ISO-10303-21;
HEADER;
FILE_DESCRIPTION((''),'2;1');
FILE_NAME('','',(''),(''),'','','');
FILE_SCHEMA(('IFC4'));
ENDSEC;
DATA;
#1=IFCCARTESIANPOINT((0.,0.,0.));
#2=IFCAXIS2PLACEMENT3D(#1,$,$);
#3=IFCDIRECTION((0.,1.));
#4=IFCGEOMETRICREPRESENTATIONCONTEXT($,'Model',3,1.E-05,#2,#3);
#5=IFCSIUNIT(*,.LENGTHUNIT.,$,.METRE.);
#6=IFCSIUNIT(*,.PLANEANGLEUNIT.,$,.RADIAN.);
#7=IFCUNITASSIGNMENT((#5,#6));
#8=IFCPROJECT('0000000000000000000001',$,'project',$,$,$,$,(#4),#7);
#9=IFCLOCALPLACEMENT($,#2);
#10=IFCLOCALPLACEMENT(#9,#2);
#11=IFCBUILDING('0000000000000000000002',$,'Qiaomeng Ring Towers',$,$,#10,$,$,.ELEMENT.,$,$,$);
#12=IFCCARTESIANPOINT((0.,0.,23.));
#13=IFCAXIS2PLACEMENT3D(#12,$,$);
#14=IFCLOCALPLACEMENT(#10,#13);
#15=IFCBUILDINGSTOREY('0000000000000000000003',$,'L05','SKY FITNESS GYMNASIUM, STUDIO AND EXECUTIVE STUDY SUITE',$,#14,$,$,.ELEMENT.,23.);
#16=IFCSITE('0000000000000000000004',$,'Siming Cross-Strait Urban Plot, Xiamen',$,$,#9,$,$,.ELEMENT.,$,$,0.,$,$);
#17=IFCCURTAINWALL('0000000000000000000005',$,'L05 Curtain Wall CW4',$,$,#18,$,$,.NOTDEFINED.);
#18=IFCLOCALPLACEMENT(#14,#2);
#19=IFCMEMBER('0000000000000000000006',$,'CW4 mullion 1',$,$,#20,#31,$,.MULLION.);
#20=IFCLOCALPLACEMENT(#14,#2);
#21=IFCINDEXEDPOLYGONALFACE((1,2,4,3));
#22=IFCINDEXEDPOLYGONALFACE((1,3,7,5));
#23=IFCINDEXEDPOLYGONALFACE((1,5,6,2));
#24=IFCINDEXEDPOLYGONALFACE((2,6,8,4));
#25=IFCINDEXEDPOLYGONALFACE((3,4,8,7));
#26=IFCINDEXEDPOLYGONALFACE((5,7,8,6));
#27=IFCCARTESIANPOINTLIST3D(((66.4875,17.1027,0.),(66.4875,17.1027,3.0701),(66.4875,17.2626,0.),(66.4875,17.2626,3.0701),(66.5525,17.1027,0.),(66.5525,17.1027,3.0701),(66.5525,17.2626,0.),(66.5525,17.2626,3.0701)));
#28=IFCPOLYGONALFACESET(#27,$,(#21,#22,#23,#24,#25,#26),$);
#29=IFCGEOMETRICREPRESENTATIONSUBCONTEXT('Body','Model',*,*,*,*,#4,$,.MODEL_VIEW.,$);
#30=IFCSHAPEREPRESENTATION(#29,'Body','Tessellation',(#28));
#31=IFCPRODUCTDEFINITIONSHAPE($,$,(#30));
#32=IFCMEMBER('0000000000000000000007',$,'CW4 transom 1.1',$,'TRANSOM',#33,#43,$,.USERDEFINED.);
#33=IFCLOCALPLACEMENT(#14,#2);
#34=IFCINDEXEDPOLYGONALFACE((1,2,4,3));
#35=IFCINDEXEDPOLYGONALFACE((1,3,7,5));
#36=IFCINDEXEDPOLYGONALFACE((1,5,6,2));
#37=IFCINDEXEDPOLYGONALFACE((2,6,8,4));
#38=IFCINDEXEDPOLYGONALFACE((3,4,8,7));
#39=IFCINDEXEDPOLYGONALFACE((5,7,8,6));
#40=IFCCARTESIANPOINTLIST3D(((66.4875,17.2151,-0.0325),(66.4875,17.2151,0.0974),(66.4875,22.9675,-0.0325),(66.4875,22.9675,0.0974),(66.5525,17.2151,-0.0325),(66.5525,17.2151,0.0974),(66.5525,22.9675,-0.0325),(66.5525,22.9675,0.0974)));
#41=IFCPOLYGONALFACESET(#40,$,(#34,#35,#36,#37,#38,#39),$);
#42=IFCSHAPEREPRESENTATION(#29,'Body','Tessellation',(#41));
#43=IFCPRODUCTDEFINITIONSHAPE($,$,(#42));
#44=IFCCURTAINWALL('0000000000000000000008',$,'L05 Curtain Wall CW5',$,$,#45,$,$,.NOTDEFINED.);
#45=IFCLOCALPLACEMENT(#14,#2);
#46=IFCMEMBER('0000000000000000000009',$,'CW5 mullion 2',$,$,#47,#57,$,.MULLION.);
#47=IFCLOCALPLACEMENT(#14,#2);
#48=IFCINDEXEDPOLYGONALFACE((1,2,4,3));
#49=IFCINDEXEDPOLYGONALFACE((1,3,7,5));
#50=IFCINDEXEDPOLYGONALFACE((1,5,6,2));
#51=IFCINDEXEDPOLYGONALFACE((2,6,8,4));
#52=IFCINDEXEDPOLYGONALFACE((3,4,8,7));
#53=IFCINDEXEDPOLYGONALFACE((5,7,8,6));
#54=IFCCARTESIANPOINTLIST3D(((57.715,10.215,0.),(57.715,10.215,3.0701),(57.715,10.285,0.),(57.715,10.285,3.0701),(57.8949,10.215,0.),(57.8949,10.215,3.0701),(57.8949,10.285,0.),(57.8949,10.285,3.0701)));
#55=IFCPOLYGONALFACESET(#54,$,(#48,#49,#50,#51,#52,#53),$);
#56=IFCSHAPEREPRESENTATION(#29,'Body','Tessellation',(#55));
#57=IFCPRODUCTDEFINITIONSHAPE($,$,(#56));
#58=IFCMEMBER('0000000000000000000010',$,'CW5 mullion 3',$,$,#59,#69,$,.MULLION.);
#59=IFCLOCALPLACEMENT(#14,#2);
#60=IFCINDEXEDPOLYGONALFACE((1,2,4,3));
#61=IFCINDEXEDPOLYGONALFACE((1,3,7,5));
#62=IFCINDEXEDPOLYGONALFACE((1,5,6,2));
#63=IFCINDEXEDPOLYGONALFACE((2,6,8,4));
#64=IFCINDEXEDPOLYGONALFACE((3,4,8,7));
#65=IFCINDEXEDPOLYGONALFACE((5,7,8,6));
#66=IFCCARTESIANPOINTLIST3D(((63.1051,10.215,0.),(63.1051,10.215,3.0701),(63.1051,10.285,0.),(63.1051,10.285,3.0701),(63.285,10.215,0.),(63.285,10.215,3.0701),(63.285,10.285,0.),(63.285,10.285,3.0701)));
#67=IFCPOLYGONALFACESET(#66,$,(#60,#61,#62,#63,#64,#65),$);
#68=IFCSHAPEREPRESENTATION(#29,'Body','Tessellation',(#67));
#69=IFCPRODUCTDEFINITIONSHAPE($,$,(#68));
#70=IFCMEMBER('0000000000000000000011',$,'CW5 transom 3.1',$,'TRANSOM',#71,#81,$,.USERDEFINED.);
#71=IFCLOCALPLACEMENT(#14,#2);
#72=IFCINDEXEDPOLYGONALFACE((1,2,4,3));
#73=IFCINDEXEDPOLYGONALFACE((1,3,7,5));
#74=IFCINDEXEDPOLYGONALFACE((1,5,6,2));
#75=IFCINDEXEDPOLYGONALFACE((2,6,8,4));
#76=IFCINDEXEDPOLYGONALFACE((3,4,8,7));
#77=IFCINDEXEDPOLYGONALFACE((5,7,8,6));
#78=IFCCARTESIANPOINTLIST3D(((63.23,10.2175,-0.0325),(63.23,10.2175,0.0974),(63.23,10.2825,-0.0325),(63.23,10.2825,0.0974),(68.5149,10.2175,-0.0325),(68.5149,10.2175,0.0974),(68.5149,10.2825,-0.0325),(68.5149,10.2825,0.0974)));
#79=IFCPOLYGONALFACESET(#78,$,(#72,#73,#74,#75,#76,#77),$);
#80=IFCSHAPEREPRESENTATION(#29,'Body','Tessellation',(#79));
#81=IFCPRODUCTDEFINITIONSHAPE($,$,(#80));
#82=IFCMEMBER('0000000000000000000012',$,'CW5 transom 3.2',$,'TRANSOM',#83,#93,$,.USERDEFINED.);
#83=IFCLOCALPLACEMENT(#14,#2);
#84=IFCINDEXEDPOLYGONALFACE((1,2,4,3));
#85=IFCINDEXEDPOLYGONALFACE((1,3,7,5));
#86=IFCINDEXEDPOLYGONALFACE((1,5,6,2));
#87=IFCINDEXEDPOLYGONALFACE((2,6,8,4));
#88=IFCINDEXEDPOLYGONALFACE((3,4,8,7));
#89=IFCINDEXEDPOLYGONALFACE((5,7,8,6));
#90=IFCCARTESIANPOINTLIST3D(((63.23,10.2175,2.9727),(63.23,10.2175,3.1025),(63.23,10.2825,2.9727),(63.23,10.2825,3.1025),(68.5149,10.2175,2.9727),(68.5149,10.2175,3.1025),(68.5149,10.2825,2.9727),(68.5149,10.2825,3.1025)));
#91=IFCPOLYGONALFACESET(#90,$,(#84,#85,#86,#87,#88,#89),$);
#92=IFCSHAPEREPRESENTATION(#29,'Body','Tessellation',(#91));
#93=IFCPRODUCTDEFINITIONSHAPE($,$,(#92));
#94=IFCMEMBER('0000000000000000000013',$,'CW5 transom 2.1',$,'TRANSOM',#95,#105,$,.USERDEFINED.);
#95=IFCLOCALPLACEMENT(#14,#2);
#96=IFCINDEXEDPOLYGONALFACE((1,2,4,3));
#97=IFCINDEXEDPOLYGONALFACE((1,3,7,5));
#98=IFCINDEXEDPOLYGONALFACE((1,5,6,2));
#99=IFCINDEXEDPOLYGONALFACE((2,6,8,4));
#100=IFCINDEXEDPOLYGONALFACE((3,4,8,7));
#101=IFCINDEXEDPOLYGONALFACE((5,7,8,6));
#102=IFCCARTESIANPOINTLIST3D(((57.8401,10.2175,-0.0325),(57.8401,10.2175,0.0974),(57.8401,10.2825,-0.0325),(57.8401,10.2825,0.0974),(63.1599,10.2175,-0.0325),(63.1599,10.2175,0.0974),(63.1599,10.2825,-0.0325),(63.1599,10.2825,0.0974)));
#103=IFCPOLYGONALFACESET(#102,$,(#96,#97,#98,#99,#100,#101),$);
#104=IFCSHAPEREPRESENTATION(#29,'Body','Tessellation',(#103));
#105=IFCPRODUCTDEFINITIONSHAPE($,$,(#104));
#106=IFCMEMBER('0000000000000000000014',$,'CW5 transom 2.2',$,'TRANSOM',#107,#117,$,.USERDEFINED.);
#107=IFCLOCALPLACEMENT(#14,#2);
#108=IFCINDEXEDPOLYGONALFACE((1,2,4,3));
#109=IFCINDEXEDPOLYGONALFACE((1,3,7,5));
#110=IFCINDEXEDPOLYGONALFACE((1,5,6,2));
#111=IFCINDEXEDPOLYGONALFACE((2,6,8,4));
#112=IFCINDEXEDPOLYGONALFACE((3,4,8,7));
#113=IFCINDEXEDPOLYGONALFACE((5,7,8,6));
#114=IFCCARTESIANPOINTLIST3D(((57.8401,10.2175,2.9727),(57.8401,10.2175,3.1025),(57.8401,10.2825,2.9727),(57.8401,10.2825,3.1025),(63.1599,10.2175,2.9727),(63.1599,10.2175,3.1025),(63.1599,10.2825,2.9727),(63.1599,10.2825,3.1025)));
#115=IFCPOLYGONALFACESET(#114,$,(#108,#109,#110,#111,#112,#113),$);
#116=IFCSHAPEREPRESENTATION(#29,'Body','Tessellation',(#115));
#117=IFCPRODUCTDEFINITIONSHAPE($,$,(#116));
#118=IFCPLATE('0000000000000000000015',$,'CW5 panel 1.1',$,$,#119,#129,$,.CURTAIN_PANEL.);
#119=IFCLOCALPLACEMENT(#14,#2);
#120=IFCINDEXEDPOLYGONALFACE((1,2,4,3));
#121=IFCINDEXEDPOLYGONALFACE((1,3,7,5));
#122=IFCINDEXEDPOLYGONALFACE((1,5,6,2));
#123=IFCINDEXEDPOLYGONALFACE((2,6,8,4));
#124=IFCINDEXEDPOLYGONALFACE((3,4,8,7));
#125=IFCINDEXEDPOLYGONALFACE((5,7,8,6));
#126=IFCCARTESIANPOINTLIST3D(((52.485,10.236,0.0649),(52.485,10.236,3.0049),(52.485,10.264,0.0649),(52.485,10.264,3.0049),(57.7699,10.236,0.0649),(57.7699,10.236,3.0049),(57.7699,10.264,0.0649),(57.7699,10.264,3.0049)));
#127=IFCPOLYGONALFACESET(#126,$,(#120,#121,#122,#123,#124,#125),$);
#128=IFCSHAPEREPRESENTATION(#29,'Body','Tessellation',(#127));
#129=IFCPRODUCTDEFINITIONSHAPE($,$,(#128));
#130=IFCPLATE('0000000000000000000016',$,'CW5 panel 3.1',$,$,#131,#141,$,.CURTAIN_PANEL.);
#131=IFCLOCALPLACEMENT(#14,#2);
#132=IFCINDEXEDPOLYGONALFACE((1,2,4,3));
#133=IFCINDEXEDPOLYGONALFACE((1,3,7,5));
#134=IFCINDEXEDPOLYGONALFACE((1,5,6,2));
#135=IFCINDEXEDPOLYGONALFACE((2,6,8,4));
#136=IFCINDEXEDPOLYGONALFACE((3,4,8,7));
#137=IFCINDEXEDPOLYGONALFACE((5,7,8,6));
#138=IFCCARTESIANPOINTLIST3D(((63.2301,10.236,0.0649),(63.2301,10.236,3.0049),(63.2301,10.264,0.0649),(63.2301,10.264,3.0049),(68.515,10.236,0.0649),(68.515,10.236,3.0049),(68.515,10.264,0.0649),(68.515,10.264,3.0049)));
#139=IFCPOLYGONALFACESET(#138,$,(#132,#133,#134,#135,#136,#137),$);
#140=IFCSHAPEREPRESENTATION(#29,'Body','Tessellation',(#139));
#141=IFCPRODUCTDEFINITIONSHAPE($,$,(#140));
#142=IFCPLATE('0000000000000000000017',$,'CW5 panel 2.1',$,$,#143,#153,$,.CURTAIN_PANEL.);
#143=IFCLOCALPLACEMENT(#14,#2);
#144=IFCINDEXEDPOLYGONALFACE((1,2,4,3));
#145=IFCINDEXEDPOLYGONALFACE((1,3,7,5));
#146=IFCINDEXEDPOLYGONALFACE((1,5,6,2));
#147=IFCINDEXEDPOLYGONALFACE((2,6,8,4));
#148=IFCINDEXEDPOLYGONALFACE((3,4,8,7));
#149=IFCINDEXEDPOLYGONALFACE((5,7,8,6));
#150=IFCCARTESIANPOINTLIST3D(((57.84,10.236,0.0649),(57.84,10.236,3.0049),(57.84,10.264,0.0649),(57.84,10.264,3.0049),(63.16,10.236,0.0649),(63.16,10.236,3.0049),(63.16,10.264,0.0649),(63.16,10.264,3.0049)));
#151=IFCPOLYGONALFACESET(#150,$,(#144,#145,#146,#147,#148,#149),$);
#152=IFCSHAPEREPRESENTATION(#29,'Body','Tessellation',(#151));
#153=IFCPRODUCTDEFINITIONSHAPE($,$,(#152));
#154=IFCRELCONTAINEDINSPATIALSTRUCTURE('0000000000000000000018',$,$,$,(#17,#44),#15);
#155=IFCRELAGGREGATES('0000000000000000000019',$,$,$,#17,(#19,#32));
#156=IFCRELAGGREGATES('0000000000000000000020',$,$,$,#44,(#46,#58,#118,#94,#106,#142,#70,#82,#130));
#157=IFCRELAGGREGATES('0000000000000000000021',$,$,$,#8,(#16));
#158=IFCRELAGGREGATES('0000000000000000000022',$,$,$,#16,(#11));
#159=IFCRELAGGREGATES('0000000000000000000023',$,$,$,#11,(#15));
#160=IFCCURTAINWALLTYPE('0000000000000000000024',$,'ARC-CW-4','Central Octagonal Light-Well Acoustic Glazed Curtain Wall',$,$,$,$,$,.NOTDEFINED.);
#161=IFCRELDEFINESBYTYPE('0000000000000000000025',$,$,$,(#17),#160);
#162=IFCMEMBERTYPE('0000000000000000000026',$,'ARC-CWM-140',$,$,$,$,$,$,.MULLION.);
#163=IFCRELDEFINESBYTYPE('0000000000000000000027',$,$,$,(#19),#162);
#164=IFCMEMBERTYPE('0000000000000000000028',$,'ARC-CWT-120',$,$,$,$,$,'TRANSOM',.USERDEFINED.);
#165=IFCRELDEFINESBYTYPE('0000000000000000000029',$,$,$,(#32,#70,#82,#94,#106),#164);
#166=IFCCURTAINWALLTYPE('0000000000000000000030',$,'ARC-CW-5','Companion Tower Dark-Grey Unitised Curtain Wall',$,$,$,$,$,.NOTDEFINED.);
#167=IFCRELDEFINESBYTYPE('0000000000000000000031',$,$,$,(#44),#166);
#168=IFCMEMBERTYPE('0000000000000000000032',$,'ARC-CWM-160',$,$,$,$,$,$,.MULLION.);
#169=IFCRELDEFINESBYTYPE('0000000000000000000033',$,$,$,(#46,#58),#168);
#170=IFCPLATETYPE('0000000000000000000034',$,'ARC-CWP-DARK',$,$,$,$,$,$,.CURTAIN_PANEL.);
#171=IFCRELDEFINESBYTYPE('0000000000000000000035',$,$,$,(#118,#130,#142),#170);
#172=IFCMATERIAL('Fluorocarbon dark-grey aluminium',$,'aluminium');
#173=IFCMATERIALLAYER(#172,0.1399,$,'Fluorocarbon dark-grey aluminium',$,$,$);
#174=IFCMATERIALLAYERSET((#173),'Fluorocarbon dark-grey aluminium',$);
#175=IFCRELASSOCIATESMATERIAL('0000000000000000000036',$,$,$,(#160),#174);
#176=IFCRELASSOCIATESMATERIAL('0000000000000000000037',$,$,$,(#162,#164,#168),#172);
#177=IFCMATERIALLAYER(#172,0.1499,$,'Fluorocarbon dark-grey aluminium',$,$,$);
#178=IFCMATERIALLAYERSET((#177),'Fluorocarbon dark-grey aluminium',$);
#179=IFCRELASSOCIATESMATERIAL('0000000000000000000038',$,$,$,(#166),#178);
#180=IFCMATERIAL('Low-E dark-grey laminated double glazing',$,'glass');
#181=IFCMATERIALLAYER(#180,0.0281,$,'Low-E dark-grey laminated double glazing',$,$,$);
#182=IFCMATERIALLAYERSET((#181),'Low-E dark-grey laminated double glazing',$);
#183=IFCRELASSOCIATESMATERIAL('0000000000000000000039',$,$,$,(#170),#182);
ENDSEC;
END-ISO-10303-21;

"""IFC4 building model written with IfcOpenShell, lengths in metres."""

from ifc_helpers import new_model, si_unit, direction, frame, origin, origin_2d, place, context, subcontext, project, spatial, rectangle, extrude, source, transform, mapped, material, layer, layer_set, material_profile, profile_set, type_object, element, aggregate, save


model = new_model("IFC4")

# Units and contexts
model_context = context("Model", 3, precision=1e-05, world=origin(), true_north=direction((0.0, 1.0)))
body_context = subcontext(model_context, "Body", "Model", "MODEL_VIEW")
ifc_project = project(units=[si_unit("LENGTHUNIT", "METRE"), si_unit("PLANEANGLEUNIT", "RADIAN")], contexts=[model_context])

# Site, building, storey
site_placement = place(None, origin())
site = spatial("IfcSite", under=ifc_project, at=site_placement, Name="Siming Cross-Strait Urban Plot, Xiamen", CompositionType="ELEMENT", RefElevation=0.0)
building_placement = place(site_placement, origin())
building = spatial("IfcBuilding", under=site, at=building_placement, Name="Qiaomeng Ring Towers", CompositionType="ELEMENT")
storey_placement = place(building_placement, frame((0.0, 0.0, 23.0)))
storey = spatial("IfcBuildingStorey", under=building, at=storey_placement, Name="L05", Description="SKY FITNESS GYMNASIUM, STUDIO AND EXECUTIVE STUDY SUITE", CompositionType="ELEMENT", Elevation=23.0)

# Curtain wall, members
ifc_material_1 = material(Name="Fluorocarbon dark-grey aluminium", Category="aluminium")
ifc_layer_1 = layer(ifc_material_1, 0.1399, Name="Fluorocarbon dark-grey aluminium")
ifc_layer_set_1 = layer_set([ifc_layer_1], Name="Fluorocarbon dark-grey aluminium")
curtain_wall_type_1 = type_object("IfcCurtainWallType", Name="ARC-CW-4", Description="Central Octagonal Light-Well Acoustic Glazed Curtain Wall", PredefinedType="NOTDEFINED", material=ifc_layer_set_1)
curtain_wall_1_placement = place(storey_placement, origin())
curtain_wall_1 = element("IfcCurtainWall", 1, at=curtain_wall_1_placement, inside=storey, type_object=curtain_wall_type_1, Name="L05 Curtain Wall CW4", PredefinedType="NOTDEFINED")
ifc_material_profile_1 = material_profile(ifc_material_1, rectangle(XDim=0.0649, YDim=0.1599, at=origin_2d()), Name="ALU MULL 65x160")
ifc_profile_set_1 = profile_set([ifc_material_profile_1], Name="Fluorocarbon dark-grey aluminium")
member_type_1 = type_object("IfcMemberType", Name="ARC-CWM-140", PredefinedType="MULLION", material=ifc_profile_set_1)
shared_shape_1 = source(origin(), body_context, "Body", "SweptSolid", [
    extrude(rectangle(XDim=0.0649, YDim=0.1599, at=origin_2d()), origin(), (0.0, 0.0, 1.0), 3.0701),
])
member_1_placement = place(storey_placement, frame((66.52, 17.1826, 0.0), z_axis=(0.0, 0.0, 1.0), x_axis=(-1.0, 0.0, 0.0)))
member_1 = element("IfcMember", 2, at=member_1_placement, type_object=member_type_1, Name="CW4 mullion 1", PredefinedType="MULLION", context=body_context, shape_type="MappedRepresentation", body=[
    mapped(shared_shape_1, transform((0.0, 0.0, 0.0), x_axis=(1.0, 0.0, 0.0), y_axis=(0.0, 1.0, 0.0), z_axis=(0.0, 0.0, 1.0), scale=1.0)),
])
ifc_material_profile_2 = material_profile(ifc_material_1, rectangle(XDim=0.0649, YDim=0.1299, at=origin_2d()), Name="ALU TRAN 65x130")
ifc_profile_set_2 = profile_set([ifc_material_profile_2], Name="Fluorocarbon dark-grey aluminium")
member_type_2 = type_object("IfcMemberType", Name="ARC-CWT-120", ElementType="TRANSOM", PredefinedType="USERDEFINED", material=ifc_profile_set_2)
shared_shape_2 = source(origin(), body_context, "Body", "SweptSolid", [
    extrude(rectangle(XDim=0.0649, YDim=0.1299, at=origin_2d()), origin(), (0.0, 0.0, 1.0), 5.7524),
])
member_2_placement = place(storey_placement, frame((66.52, 17.2151, 0.0325), z_axis=(0.0, 1.0, 0.0), x_axis=(-1.0, 0.0, 0.0)))
member_2 = element("IfcMember", 3, at=member_2_placement, type_object=member_type_2, Name="CW4 transom 1.1", ObjectType="TRANSOM", PredefinedType="USERDEFINED", context=body_context, shape_type="MappedRepresentation", body=[
    mapped(shared_shape_2, transform((0.0, 0.0, 0.0), x_axis=(1.0, 0.0, 0.0), y_axis=(0.0, 1.0, 0.0), z_axis=(0.0, 0.0, 1.0), scale=1.0)),
])
aggregate(curtain_wall_1, [member_1, member_2])

# Curtain wall, members, plates
ifc_layer_2 = layer(ifc_material_1, 0.1499, Name="Fluorocarbon dark-grey aluminium")
ifc_layer_set_2 = layer_set([ifc_layer_2], Name="Fluorocarbon dark-grey aluminium")
curtain_wall_type_2 = type_object("IfcCurtainWallType", Name="ARC-CW-5", Description="Companion Tower Dark-Grey Unitised Curtain Wall", PredefinedType="NOTDEFINED", material=ifc_layer_set_2)
curtain_wall_2_placement = place(storey_placement, origin())
curtain_wall_2 = element("IfcCurtainWall", 4, at=curtain_wall_2_placement, inside=storey, type_object=curtain_wall_type_2, Name="L05 Curtain Wall CW5", PredefinedType="NOTDEFINED")
ifc_material_profile_3 = material_profile(ifc_material_1, rectangle(XDim=0.0701, YDim=0.1799, at=origin_2d()), Name="ALU MULL 70x180")
ifc_profile_set_3 = profile_set([ifc_material_profile_3], Name="Fluorocarbon dark-grey aluminium")
member_type_3 = type_object("IfcMemberType", Name="ARC-CWM-160", PredefinedType="MULLION", material=ifc_profile_set_3)
shared_shape_3 = source(origin(), body_context, "Body", "SweptSolid", [
    extrude(rectangle(XDim=0.0701, YDim=0.1799, at=origin_2d()), origin(), (0.0, 0.0, 1.0), 3.0701),
])
member_3_placement = place(storey_placement, frame((57.8049, 10.25, 0.0), z_axis=(0.0, 0.0, 1.0), x_axis=(0.0, 1.0, 0.0)))
member_3 = element("IfcMember", 5, at=member_3_placement, type_object=member_type_3, Name="CW5 mullion 2", PredefinedType="MULLION", context=body_context, shape_type="MappedRepresentation", body=[
    mapped(shared_shape_3, transform((0.0, 0.0, 0.0), x_axis=(1.0, 0.0, 0.0), y_axis=(0.0, 1.0, 0.0), z_axis=(0.0, 0.0, 1.0), scale=1.0)),
])
member_4_placement = place(storey_placement, frame((63.1951, 10.25, 0.0), z_axis=(0.0, 0.0, 1.0), x_axis=(0.0, 1.0, 0.0)))
member_4 = element("IfcMember", 6, at=member_4_placement, type_object=member_type_3, Name="CW5 mullion 3", PredefinedType="MULLION", context=body_context, shape_type="MappedRepresentation", body=[
    mapped(shared_shape_3, transform((0.0, 0.0, 0.0), x_axis=(1.0, 0.0, 0.0), y_axis=(0.0, 1.0, 0.0), z_axis=(0.0, 0.0, 1.0), scale=1.0)),
])
shared_shape_4 = source(origin(), body_context, "Body", "SweptSolid", [
    extrude(rectangle(XDim=0.0649, YDim=0.1299, at=origin_2d()), origin(), (0.0, 0.0, 1.0), 5.2849),
])
member_5_placement = place(storey_placement, frame((63.23, 10.25, 0.0325), z_axis=(1.0, 0.0, 0.0), x_axis=(0.0, 1.0, 0.0)))
member_5 = element("IfcMember", 7, at=member_5_placement, type_object=member_type_2, Name="CW5 transom 3.1", ObjectType="TRANSOM", PredefinedType="USERDEFINED", context=body_context, shape_type="MappedRepresentation", body=[
    mapped(shared_shape_4, transform((0.0, 0.0, 0.0), x_axis=(1.0, 0.0, 0.0), y_axis=(0.0, 1.0, 0.0), z_axis=(0.0, 0.0, 1.0), scale=1.0)),
])
member_6_placement = place(storey_placement, frame((63.23, 10.25, 3.0376), z_axis=(1.0, 0.0, 0.0), x_axis=(0.0, 1.0, 0.0)))
member_6 = element("IfcMember", 8, at=member_6_placement, type_object=member_type_2, Name="CW5 transom 3.2", ObjectType="TRANSOM", PredefinedType="USERDEFINED", context=body_context, shape_type="MappedRepresentation", body=[
    mapped(shared_shape_4, transform((0.0, 0.0, 0.0), x_axis=(1.0, 0.0, 0.0), y_axis=(0.0, 1.0, 0.0), z_axis=(0.0, 0.0, 1.0), scale=1.0)),
])
shared_shape_5 = source(origin(), body_context, "Body", "SweptSolid", [
    extrude(rectangle(XDim=0.0649, YDim=0.1299, at=origin_2d()), origin(), (0.0, 0.0, 1.0), 5.3198),
])
member_7_placement = place(storey_placement, frame((57.8401, 10.25, 0.0325), z_axis=(1.0, 0.0, 0.0), x_axis=(0.0, 1.0, 0.0)))
member_7 = element("IfcMember", 9, at=member_7_placement, type_object=member_type_2, Name="CW5 transom 2.1", ObjectType="TRANSOM", PredefinedType="USERDEFINED", context=body_context, shape_type="MappedRepresentation", body=[
    mapped(shared_shape_5, transform((0.0, 0.0, 0.0), x_axis=(1.0, 0.0, 0.0), y_axis=(0.0, 1.0, 0.0), z_axis=(0.0, 0.0, 1.0), scale=1.0)),
])
member_8_placement = place(storey_placement, frame((57.8401, 10.25, 3.0376), z_axis=(1.0, 0.0, 0.0), x_axis=(0.0, 1.0, 0.0)))
member_8 = element("IfcMember", 10, at=member_8_placement, type_object=member_type_2, Name="CW5 transom 2.2", ObjectType="TRANSOM", PredefinedType="USERDEFINED", context=body_context, shape_type="MappedRepresentation", body=[
    mapped(shared_shape_5, transform((0.0, 0.0, 0.0), x_axis=(1.0, 0.0, 0.0), y_axis=(0.0, 1.0, 0.0), z_axis=(0.0, 0.0, 1.0), scale=1.0)),
])
ifc_material_2 = material(Name="Low-E dark-grey laminated double glazing", Category="glass")
ifc_layer_3 = layer(ifc_material_2, 0.0281, Name="Low-E dark-grey laminated double glazing")
ifc_layer_set_3 = layer_set([ifc_layer_3], Name="Low-E dark-grey laminated double glazing")
plate_type = type_object("IfcPlateType", Name="ARC-CWP-DARK", PredefinedType="CURTAIN_PANEL", material=ifc_layer_set_3)
shared_shape_6 = source(origin(), body_context, "Body", "SweptSolid", [
    extrude(rectangle(XDim=5.2849, YDim=0.0281, at=origin_2d()), origin(), (0.0, 0.0, 1.0), 2.9399),
])
plate_1_placement = place(storey_placement, frame((55.1274, 10.25, 0.0649), z_axis=(0.0, 0.0, 1.0), x_axis=(1.0, 0.0, 0.0)))
plate_1 = element("IfcPlate", 11, at=plate_1_placement, type_object=plate_type, Name="CW5 panel 1.1", PredefinedType="CURTAIN_PANEL", context=body_context, shape_type="MappedRepresentation", body=[
    mapped(shared_shape_6, transform((0.0, 0.0, 0.0), x_axis=(1.0, 0.0, 0.0), y_axis=(0.0, 1.0, 0.0), z_axis=(0.0, 0.0, 1.0), scale=1.0)),
])
plate_2_placement = place(storey_placement, frame((65.8726, 10.25, 0.0649), z_axis=(0.0, 0.0, 1.0), x_axis=(1.0, 0.0, 0.0)))
plate_2 = element("IfcPlate", 12, at=plate_2_placement, type_object=plate_type, Name="CW5 panel 3.1", PredefinedType="CURTAIN_PANEL", context=body_context, shape_type="MappedRepresentation", body=[
    mapped(shared_shape_6, transform((0.0, 0.0, 0.0), x_axis=(1.0, 0.0, 0.0), y_axis=(0.0, 1.0, 0.0), z_axis=(0.0, 0.0, 1.0), scale=1.0)),
])
shared_shape_7 = source(origin(), body_context, "Body", "SweptSolid", [
    extrude(rectangle(XDim=5.3201, YDim=0.0281, at=origin_2d()), origin(), (0.0, 0.0, 1.0), 2.9399),
])
plate_3_placement = place(storey_placement, frame((60.5, 10.25, 0.0649), z_axis=(0.0, 0.0, 1.0), x_axis=(1.0, 0.0, 0.0)))
plate_3 = element("IfcPlate", 13, at=plate_3_placement, type_object=plate_type, Name="CW5 panel 2.1", PredefinedType="CURTAIN_PANEL", context=body_context, shape_type="MappedRepresentation", body=[
    mapped(shared_shape_7, transform((0.0, 0.0, 0.0), x_axis=(1.0, 0.0, 0.0), y_axis=(0.0, 1.0, 0.0), z_axis=(0.0, 0.0, 1.0), scale=1.0)),
])
aggregate(curtain_wall_2, [member_3, member_4, plate_1, member_7, member_8, plate_3, member_5, member_6, plate_2])

save(model, "model.ifc")
